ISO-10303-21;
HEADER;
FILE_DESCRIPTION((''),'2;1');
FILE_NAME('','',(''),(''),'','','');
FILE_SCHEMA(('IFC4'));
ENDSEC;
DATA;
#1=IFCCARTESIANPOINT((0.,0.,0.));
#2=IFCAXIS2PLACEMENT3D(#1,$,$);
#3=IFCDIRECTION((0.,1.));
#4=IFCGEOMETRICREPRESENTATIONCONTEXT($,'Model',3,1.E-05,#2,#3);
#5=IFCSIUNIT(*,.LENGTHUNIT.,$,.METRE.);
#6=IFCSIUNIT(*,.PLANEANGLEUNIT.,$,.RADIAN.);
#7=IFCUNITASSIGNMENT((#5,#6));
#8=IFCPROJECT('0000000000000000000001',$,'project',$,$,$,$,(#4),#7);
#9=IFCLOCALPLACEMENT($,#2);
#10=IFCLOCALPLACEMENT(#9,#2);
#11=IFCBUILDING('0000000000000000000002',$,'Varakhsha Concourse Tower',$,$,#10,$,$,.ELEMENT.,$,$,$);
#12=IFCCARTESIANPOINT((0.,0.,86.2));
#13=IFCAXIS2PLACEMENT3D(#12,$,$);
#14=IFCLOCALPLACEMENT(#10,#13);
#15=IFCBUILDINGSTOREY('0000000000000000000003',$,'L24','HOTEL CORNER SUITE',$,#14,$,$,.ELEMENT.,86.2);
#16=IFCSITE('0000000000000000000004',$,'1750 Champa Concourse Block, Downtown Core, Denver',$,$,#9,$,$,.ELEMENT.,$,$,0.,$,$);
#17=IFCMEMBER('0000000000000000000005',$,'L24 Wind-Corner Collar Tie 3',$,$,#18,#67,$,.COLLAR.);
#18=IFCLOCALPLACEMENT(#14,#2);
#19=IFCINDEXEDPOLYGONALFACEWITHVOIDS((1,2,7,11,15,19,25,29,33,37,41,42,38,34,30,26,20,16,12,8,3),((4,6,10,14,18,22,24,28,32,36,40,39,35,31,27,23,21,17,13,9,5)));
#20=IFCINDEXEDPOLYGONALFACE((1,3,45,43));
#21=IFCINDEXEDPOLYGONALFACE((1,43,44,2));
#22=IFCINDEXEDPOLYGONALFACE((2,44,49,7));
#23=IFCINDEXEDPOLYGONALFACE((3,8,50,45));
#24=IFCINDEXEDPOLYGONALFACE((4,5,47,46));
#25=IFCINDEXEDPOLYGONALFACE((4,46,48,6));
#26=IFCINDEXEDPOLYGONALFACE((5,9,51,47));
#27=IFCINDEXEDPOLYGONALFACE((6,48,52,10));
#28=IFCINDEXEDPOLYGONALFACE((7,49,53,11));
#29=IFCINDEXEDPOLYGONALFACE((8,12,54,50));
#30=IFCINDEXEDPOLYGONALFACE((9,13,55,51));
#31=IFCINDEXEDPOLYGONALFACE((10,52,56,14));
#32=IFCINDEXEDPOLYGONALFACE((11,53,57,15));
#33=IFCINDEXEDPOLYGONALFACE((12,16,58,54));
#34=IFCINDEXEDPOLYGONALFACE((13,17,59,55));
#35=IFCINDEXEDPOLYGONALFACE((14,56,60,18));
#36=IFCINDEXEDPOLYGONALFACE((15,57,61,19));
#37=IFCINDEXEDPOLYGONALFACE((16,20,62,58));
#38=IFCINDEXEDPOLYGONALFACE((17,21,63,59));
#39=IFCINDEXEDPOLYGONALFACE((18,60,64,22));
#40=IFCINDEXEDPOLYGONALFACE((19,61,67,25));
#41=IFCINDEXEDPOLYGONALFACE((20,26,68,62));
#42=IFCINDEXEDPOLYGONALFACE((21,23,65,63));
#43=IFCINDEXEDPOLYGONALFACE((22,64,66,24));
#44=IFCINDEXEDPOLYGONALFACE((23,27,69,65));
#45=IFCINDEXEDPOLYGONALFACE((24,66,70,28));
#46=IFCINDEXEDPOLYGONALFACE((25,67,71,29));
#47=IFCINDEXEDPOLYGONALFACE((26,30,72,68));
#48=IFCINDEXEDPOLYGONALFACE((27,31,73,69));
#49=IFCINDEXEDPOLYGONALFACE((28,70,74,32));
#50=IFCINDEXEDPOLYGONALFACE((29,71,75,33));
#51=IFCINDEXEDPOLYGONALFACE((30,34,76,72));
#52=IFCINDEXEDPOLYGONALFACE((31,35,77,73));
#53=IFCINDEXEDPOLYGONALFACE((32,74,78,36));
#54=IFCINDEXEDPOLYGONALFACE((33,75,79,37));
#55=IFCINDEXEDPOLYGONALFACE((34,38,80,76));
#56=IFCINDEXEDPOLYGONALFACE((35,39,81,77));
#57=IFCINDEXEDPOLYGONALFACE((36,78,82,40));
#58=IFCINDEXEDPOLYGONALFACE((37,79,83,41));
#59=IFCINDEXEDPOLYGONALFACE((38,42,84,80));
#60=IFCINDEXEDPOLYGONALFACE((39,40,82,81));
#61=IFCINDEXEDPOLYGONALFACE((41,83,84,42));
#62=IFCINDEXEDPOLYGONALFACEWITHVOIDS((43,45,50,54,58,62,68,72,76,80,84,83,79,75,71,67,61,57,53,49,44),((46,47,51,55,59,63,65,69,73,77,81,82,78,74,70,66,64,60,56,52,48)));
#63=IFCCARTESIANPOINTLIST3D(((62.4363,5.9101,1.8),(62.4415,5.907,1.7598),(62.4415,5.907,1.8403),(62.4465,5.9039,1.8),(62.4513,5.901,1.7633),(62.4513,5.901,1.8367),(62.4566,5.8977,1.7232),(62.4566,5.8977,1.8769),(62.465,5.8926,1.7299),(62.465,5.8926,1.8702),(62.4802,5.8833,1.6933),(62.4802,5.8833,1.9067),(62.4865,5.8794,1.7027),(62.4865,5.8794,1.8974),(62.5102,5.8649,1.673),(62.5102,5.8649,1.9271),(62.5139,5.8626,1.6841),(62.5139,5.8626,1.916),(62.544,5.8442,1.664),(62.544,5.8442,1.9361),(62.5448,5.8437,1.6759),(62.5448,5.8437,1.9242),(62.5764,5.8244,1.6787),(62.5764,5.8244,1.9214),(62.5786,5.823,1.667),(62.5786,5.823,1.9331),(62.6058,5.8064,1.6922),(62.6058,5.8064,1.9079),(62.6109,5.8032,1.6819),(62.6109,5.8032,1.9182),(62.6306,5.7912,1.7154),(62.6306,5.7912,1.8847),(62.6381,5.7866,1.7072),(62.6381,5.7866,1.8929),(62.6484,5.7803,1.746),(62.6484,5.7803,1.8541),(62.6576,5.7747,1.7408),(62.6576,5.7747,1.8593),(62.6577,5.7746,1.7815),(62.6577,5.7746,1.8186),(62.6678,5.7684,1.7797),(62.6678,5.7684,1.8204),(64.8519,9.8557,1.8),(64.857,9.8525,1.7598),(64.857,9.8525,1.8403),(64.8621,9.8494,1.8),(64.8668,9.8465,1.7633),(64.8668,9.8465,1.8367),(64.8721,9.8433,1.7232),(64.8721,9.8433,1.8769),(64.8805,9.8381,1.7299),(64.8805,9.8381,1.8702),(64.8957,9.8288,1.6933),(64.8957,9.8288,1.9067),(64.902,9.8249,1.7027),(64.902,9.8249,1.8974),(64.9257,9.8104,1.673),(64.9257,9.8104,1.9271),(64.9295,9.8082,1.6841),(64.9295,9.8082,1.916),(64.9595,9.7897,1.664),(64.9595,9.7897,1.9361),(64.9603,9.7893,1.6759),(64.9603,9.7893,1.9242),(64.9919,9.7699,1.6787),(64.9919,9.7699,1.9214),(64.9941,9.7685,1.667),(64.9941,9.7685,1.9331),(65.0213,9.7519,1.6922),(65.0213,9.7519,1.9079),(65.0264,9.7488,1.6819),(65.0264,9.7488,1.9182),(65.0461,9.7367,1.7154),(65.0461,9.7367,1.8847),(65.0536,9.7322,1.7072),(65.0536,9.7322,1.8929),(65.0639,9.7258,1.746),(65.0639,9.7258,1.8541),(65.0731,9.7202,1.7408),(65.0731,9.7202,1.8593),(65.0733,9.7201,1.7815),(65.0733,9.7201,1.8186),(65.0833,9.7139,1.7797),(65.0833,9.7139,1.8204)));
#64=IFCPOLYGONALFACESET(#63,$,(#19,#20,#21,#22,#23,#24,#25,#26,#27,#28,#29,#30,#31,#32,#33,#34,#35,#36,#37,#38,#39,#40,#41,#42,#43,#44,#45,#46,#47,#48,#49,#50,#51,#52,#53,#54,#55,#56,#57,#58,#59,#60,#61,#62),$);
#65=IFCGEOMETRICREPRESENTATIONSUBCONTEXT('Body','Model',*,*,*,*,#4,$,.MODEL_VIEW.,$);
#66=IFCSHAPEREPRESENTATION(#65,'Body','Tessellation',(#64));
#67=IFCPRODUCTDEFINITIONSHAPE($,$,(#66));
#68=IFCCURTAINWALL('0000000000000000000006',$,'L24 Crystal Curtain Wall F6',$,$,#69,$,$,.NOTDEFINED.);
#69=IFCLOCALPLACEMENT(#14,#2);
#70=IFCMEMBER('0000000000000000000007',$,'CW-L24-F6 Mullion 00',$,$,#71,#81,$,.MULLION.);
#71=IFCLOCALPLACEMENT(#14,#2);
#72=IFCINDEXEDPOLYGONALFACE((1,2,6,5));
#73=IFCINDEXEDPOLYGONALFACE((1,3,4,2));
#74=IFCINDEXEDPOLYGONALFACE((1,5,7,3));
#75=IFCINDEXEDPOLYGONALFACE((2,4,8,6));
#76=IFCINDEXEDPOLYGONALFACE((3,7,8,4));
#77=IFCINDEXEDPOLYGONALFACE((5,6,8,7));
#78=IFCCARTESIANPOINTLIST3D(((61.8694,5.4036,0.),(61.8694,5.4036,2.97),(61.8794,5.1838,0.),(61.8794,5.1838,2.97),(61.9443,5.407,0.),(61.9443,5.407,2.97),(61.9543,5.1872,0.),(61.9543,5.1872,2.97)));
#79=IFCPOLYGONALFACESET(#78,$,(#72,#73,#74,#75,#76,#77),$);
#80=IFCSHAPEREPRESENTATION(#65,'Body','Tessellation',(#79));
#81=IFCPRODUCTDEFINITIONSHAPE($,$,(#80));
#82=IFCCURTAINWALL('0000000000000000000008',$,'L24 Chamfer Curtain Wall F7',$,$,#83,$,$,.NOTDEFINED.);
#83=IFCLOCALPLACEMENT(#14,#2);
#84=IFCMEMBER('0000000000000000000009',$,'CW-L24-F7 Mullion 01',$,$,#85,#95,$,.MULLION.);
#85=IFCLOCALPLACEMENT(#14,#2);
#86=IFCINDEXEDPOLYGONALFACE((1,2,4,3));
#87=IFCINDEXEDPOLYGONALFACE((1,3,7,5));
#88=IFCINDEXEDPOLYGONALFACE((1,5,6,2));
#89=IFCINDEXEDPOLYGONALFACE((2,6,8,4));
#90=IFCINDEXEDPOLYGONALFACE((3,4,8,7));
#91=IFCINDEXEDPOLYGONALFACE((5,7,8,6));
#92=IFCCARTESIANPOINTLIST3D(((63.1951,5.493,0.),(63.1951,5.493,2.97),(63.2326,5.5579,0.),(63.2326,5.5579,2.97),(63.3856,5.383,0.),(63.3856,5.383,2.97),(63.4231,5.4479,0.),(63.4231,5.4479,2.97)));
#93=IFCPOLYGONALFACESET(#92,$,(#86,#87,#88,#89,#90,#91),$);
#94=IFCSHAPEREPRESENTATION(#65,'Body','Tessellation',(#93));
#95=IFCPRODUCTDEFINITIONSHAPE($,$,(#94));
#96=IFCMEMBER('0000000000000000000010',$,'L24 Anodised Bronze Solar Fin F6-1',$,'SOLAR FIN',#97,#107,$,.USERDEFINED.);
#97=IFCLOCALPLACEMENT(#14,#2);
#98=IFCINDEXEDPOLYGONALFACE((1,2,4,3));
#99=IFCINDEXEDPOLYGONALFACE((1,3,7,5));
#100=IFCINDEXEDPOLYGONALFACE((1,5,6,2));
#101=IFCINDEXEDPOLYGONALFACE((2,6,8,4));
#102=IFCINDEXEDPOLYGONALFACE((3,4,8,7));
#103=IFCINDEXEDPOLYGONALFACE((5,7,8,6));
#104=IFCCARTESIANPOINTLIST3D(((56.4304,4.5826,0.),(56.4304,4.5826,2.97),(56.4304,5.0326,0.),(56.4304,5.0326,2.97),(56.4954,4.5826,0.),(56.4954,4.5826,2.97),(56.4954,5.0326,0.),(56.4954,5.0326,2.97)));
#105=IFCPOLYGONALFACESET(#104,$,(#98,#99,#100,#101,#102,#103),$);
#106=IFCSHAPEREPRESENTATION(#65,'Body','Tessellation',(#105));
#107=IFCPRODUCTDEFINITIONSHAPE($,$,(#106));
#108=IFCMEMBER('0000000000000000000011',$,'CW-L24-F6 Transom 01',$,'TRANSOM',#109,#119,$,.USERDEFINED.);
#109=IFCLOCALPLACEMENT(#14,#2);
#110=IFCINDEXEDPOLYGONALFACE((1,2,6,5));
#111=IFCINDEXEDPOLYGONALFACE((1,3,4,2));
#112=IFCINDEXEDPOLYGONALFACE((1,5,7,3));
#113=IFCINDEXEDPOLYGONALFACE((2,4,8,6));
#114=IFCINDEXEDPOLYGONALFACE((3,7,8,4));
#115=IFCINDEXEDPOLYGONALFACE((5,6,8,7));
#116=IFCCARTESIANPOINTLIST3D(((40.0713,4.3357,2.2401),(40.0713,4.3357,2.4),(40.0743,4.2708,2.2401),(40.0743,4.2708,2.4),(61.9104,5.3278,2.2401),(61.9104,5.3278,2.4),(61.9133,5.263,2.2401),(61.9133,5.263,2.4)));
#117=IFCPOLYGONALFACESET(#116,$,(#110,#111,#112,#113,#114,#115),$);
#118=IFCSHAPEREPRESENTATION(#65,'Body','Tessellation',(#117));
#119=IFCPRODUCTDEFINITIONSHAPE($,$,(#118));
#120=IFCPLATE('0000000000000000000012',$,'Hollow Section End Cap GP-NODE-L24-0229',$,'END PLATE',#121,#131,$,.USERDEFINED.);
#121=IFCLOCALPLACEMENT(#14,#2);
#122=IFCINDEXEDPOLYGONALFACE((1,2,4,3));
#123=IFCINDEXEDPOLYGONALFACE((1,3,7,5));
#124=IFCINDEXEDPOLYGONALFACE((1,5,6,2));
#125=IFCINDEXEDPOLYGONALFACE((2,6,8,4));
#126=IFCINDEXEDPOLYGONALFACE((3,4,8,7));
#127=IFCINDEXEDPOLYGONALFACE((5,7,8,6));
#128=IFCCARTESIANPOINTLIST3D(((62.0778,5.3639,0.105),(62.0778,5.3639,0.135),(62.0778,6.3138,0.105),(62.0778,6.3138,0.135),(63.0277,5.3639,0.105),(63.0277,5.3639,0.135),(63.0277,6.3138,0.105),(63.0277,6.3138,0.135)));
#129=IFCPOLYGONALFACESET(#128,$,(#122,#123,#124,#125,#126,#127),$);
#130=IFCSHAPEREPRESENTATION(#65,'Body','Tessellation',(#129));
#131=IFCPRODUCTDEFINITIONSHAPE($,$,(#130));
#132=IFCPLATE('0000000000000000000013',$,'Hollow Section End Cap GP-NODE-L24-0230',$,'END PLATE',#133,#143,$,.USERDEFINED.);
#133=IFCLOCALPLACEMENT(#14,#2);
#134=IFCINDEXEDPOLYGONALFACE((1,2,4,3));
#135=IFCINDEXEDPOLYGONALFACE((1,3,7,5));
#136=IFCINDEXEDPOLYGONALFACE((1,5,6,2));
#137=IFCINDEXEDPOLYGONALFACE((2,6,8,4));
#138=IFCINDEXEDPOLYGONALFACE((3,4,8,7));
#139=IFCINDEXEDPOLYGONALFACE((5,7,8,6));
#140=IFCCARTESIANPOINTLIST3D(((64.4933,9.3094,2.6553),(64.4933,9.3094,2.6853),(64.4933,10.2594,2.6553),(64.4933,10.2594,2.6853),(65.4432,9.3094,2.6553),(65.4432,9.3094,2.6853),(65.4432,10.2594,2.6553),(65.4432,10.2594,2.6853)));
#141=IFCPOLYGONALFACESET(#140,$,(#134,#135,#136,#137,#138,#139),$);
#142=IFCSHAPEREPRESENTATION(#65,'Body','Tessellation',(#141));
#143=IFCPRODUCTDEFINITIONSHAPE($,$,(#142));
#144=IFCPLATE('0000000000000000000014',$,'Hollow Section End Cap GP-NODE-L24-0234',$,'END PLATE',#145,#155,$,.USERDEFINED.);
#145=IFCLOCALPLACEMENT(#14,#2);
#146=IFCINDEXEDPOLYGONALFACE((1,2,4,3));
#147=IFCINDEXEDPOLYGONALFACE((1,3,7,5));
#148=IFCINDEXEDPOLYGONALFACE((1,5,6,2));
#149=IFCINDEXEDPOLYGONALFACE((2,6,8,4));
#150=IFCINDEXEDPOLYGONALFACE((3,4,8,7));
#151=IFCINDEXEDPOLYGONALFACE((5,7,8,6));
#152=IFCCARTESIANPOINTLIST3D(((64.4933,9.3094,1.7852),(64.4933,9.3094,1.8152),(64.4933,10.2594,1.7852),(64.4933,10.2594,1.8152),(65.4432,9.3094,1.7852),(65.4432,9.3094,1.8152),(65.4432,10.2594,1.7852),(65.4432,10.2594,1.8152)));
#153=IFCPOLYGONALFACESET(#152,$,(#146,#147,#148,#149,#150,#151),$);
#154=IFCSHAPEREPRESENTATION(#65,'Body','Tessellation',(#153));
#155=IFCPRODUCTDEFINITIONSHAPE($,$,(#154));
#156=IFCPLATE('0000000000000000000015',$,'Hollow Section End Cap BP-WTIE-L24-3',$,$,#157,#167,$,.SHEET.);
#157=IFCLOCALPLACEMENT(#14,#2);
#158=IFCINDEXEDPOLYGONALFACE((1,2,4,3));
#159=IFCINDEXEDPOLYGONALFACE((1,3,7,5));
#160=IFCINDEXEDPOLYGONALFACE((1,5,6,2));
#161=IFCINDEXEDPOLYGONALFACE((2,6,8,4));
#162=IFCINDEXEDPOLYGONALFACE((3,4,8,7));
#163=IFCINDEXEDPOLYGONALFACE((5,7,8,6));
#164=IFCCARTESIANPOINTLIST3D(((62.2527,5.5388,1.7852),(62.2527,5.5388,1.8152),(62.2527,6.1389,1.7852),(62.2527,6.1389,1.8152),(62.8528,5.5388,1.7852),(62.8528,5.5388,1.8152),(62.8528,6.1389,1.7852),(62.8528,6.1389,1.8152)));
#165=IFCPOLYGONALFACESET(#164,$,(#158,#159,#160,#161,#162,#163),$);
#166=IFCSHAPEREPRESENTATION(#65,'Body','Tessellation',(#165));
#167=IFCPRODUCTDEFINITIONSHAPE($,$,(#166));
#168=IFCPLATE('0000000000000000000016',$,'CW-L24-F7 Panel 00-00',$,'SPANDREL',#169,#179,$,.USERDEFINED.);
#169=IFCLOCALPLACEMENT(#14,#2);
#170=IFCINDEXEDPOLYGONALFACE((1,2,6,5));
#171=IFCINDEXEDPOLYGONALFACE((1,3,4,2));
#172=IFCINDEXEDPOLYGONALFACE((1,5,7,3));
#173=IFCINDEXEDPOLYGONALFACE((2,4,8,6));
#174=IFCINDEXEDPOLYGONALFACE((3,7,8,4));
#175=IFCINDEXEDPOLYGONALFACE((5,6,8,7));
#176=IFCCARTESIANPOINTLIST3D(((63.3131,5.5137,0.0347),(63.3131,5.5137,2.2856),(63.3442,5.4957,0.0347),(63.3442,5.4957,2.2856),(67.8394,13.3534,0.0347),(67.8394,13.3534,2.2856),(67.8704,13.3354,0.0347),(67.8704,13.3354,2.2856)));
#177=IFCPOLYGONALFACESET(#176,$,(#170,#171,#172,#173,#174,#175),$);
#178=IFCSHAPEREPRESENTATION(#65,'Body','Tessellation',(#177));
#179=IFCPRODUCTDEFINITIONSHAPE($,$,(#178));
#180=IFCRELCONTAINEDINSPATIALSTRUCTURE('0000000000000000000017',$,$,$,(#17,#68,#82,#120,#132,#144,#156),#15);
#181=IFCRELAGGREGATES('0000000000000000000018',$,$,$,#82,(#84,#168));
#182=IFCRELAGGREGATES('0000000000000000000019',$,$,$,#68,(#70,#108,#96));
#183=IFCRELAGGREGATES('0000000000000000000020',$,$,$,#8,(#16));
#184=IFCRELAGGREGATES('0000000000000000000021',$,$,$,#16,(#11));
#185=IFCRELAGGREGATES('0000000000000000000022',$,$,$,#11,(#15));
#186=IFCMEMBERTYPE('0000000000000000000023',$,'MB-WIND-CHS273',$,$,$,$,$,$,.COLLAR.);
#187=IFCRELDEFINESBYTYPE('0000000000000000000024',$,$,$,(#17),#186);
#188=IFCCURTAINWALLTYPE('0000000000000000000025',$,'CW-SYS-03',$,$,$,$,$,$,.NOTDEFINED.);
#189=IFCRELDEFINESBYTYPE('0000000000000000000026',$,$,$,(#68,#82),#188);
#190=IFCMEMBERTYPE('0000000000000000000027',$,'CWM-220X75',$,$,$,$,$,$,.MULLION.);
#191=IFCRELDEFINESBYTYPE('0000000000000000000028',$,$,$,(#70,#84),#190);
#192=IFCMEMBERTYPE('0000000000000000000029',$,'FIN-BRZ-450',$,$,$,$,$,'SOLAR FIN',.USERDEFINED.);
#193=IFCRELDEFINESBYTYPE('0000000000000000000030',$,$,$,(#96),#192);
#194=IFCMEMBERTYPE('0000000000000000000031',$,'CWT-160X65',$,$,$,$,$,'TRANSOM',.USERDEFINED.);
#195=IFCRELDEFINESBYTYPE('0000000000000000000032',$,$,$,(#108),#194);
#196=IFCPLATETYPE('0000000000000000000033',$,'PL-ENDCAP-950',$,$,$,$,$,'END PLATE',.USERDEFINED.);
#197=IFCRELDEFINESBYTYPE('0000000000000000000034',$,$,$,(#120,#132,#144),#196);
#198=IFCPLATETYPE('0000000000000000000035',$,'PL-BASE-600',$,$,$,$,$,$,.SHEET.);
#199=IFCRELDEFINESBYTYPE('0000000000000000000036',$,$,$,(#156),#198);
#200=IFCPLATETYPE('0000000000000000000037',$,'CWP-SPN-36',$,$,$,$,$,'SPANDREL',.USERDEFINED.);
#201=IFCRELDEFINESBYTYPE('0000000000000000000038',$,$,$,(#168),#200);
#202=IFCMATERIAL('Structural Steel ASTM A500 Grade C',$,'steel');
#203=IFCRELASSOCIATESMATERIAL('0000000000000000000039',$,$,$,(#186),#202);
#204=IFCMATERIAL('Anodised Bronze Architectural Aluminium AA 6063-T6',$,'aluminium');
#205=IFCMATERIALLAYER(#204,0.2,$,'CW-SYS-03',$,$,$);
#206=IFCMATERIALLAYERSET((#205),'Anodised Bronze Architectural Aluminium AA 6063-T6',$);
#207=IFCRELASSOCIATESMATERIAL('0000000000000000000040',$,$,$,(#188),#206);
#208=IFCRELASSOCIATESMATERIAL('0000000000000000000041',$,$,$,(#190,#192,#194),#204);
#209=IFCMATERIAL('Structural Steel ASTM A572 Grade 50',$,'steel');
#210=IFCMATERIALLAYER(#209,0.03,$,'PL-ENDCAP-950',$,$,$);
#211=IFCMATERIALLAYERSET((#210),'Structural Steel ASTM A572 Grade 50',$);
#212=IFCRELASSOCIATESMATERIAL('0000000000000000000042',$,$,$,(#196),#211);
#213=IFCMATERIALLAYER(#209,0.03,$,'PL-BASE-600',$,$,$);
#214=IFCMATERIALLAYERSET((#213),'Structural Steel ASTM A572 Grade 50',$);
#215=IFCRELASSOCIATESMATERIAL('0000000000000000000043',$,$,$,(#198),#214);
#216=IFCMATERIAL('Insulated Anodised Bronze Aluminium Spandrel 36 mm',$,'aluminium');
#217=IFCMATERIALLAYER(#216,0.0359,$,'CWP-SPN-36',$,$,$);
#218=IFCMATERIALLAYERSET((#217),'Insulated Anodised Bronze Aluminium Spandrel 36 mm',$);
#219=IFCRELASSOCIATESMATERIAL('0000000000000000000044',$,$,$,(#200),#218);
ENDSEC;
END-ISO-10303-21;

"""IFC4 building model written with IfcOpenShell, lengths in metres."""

from ifc_helpers import new_model, si_unit, direction, frame, origin, origin_2d, place, context, subcontext, project, spatial, rectangle, hollow_circle, extrude, source, transform, mapped, material, layer, layer_set, material_profile, profile_set, type_object, type_shapes, element, aggregate, save


model = new_model("IFC4")

# Units and contexts
model_context = context("Model", 3, precision=1e-05, world=origin(), true_north=direction((0.0, 1.0)))
body_context = subcontext(model_context, "Body", "Model", "MODEL_VIEW")
ifc_project = project(units=[si_unit("LENGTHUNIT", "METRE"), si_unit("PLANEANGLEUNIT", "RADIAN")], contexts=[model_context])

# Site, building, storey
site_placement = place(None, origin())
site = spatial("IfcSite", under=ifc_project, at=site_placement, Name="1750 Champa Concourse Block, Downtown Core, Denver", CompositionType="ELEMENT", RefElevation=0.0)
building_placement = place(site_placement, origin())
building = spatial("IfcBuilding", under=site, at=building_placement, Name="Varakhsha Concourse Tower", CompositionType="ELEMENT")
storey_placement = place(building_placement, frame((0.0, 0.0, 86.2)))
storey = spatial("IfcBuildingStorey", under=building, at=storey_placement, Name="L24", Description="HOTEL CORNER SUITE", CompositionType="ELEMENT", Elevation=86.2)

# Shared definitions
ifc_material_1 = material(Name="Structural Steel ASTM A572 Grade 50", Category="steel")

# Member
ifc_material_2 = material(Name="Structural Steel ASTM A500 Grade C", Category="steel")
ifc_material_profile_1 = material_profile(ifc_material_2, hollow_circle(Radius=0.1365, WallThickness=0.012, at=origin_2d()), Name="CHS 273x12")
ifc_profile_set_1 = profile_set([ifc_material_profile_1], Name="Structural Steel ASTM A500 Grade C")
member_type_1 = type_object("IfcMemberType", Name="MB-WIND-CHS273", PredefinedType="COLLAR", material=ifc_profile_set_1)
shared_shape_1 = source(origin(), body_context, "Body", "SweptSolid", [
    extrude(hollow_circle(Radius=0.1365, WallThickness=0.012, at=origin_2d()), origin(), (0.0, 0.0, 1.0), 4.6262),
])
type_shapes(member_type_1, [shared_shape_1])
member_1_placement = place(storey_placement, frame((62.5527, 5.8389, 1.8), z_axis=(0.522135, 0.852863, 0.0), x_axis=(-0.852863, 0.522135, 0.0)))
element("IfcMember", 1, at=member_1_placement, inside=storey, type_object=member_type_1, Name="L24 Wind-Corner Collar Tie 3", PredefinedType="COLLAR", context=body_context, shape_type="MappedRepresentation", body=[
    mapped(shared_shape_1, transform((0.0, 0.0, 0.0), scale=1.0)),
])

# Curtain walls, members
ifc_material_3 = material(Name="Anodised Bronze Architectural Aluminium AA 6063-T6", Category="aluminium")
ifc_layer_1 = layer(ifc_material_3, 0.2, Name="CW-SYS-03")
ifc_layer_set_1 = layer_set([ifc_layer_1], Name="Anodised Bronze Architectural Aluminium AA 6063-T6")
curtain_wall_type = type_object("IfcCurtainWallType", Name="CW-SYS-03", PredefinedType="NOTDEFINED", material=ifc_layer_set_1)
curtain_wall_1_placement = place(storey_placement, origin())
curtain_wall_1 = element("IfcCurtainWall", 2, at=curtain_wall_1_placement, inside=storey, type_object=curtain_wall_type, Name="L24 Crystal Curtain Wall F6", PredefinedType="NOTDEFINED")
ifc_material_profile_2 = material_profile(ifc_material_3, rectangle(XDim=0.075, YDim=0.22, at=origin_2d()), Name="CWM-220X75")
ifc_profile_set_2 = profile_set([ifc_material_profile_2], Name="Anodised Bronze Architectural Aluminium AA 6063-T6")
member_type_2 = type_object("IfcMemberType", Name="CWM-220X75", PredefinedType="MULLION", material=ifc_profile_set_2)
shared_shape_2 = source(origin(), body_context, "Body", "SweptSolid", [
    extrude(rectangle(XDim=0.075, YDim=0.22, at=origin_2d()), origin(), (0.0, 0.0, 1.0), 2.97),
])
type_shapes(member_type_2, [shared_shape_2])
member_2_placement = place(storey_placement, frame((61.9119, 5.2954, 0.0), z_axis=(0.0, 0.0, 1.0), x_axis=(-0.99897, -0.04538, 0.0)))
member_2 = element("IfcMember", 3, at=member_2_placement, type_object=member_type_2, Name="CW-L24-F6 Mullion 00", PredefinedType="MULLION", context=body_context, shape_type="MappedRepresentation", body=[
    mapped(shared_shape_2, transform((0.0, 0.0, 0.0), scale=1.0)),
])
curtain_wall_2_placement = place(storey_placement, origin())
curtain_wall_2 = element("IfcCurtainWall", 4, at=curtain_wall_2_placement, inside=storey, type_object=curtain_wall_type, Name="L24 Chamfer Curtain Wall F7", PredefinedType="NOTDEFINED")
member_3_placement = place(storey_placement, frame((63.3091, 5.4705, 0.0), z_axis=(0.0, 0.0, 1.0), x_axis=(-0.499997, -0.866027, 0.0)))
member_3 = element("IfcMember", 5, at=member_3_placement, type_object=member_type_2, Name="CW-L24-F7 Mullion 01", PredefinedType="MULLION", context=body_context, shape_type="MappedRepresentation", body=[
    mapped(shared_shape_2, transform((0.0, 0.0, 0.0), scale=1.0)),
])

# Members
ifc_material_profile_3 = material_profile(ifc_material_3, rectangle(XDim=0.0649, YDim=0.45, at=origin_2d()), Name="FIN-BRZ-450")
ifc_profile_set_3 = profile_set([ifc_material_profile_3], Name="Anodised Bronze Architectural Aluminium AA 6063-T6")
member_type_3 = type_object("IfcMemberType", Name="FIN-BRZ-450", ElementType="SOLAR FIN", PredefinedType="USERDEFINED", material=ifc_profile_set_3)
shared_shape_3 = source(origin(), body_context, "Body", "SweptSolid", [
    extrude(rectangle(XDim=0.0649, YDim=0.45, at=origin_2d()), origin(), (0.0, 0.0, 1.0), 2.97),
])
type_shapes(member_type_3, [shared_shape_3])
member_4_placement = place(storey_placement, frame((56.4629, 4.8076, 0.0), z_axis=(0.0, 0.0, 1.0), x_axis=(1.0, 0.0, 0.0)))
member_4 = element("IfcMember", 6, at=member_4_placement, type_object=member_type_3, Name="L24 Anodised Bronze Solar Fin F6-1", ObjectType="SOLAR FIN", PredefinedType="USERDEFINED", context=body_context, shape_type="MappedRepresentation", body=[
    mapped(shared_shape_3, transform((0.0, 0.0, 0.0), scale=1.0)),
])
ifc_material_profile_4 = material_profile(ifc_material_3, rectangle(XDim=0.0649, YDim=0.1599, at=origin_2d()), Name="CWT-160X65")
ifc_profile_set_4 = profile_set([ifc_material_profile_4], Name="Anodised Bronze Architectural Aluminium AA 6063-T6")
member_type_4 = type_object("IfcMemberType", Name="CWT-160X65", ElementType="TRANSOM", PredefinedType="USERDEFINED", material=ifc_profile_set_4)
shared_shape_4 = source(origin(), body_context, "Body", "SweptSolid", [
    extrude(rectangle(XDim=0.0649, YDim=0.1599, at=origin_2d()), origin(), (0.0, 0.0, 1.0), 21.8616),
])
type_shapes(member_type_4, [shared_shape_4])
member_5_placement = place(storey_placement, frame((61.9119, 5.2954, 2.3201), z_axis=(-0.99897, -0.045385, 0.0), x_axis=(0.045385, -0.99897, 0.0)))
member_5 = element("IfcMember", 7, at=member_5_placement, type_object=member_type_4, Name="CW-L24-F6 Transom 01", ObjectType="TRANSOM", PredefinedType="USERDEFINED", context=body_context, shape_type="MappedRepresentation", body=[
    mapped(shared_shape_4, transform((0.0, 0.0, 0.0), scale=1.0)),
])

# Plates
ifc_layer_2 = layer(ifc_material_1, 0.03, Name="PL-ENDCAP-950")
ifc_layer_set_2 = layer_set([ifc_layer_2], Name="Structural Steel ASTM A572 Grade 50")
plate_type_1 = type_object("IfcPlateType", Name="PL-ENDCAP-950", ElementType="END PLATE", PredefinedType="USERDEFINED", material=ifc_layer_set_2)
shared_shape_5 = source(origin(), body_context, "Body", "SweptSolid", [
    extrude(rectangle(XDim=0.95, YDim=0.95, at=origin_2d()), origin(), (0.0, 0.0, 1.0), 0.03),
])
type_shapes(plate_type_1, [shared_shape_5])
for number, where, z_axis, x_axis, name in (
    (8, (62.5527, 5.8389, 0.105), (0.0, 0.0, 1.0), (1.0, 0.0, 0.0), "Hollow Section End Cap GP-NODE-L24-0229"),
    (9, (64.9683, 9.7844, 2.6553), (0.0, 0.0, 1.0), (1.0, 0.0, 0.0), "Hollow Section End Cap GP-NODE-L24-0230"),
    (10, (64.9683, 9.7844, 1.7852), (0.0, 0.0, 1.0), (1.0, 0.0, 0.0), "Hollow Section End Cap GP-NODE-L24-0234"),
):
    element("IfcPlate", number, at=place(storey_placement, frame(where, z_axis=z_axis, x_axis=x_axis)), inside=storey, type_object=plate_type_1, Name=name, ObjectType="END PLATE", PredefinedType="USERDEFINED", context=body_context, shape_type="MappedRepresentation", body=[
        mapped(shared_shape_5, transform((0.0, 0.0, 0.0), scale=1.0)),
    ])
ifc_layer_3 = layer(ifc_material_1, 0.03, Name="PL-BASE-600")
ifc_layer_set_3 = layer_set([ifc_layer_3], Name="Structural Steel ASTM A572 Grade 50")
plate_type_2 = type_object("IfcPlateType", Name="PL-BASE-600", PredefinedType="SHEET", material=ifc_layer_set_3)
shared_shape_6 = source(origin(), body_context, "Body", "SweptSolid", [
    extrude(rectangle(XDim=0.6001, YDim=0.6001, at=origin_2d()), origin(), (0.0, 0.0, 1.0), 0.03),
])
type_shapes(plate_type_2, [shared_shape_6])
plate_1_placement = place(storey_placement, frame((62.5527, 5.8389, 1.7852), z_axis=(0.0, 0.0, 1.0), x_axis=(1.0, 0.0, 0.0)))
element("IfcPlate", 11, at=plate_1_placement, inside=storey, type_object=plate_type_2, Name="Hollow Section End Cap BP-WTIE-L24-3", PredefinedType="SHEET", context=body_context, shape_type="MappedRepresentation", body=[
    mapped(shared_shape_6, transform((0.0, 0.0, 0.0), scale=1.0)),
])

# Plate
ifc_material_4 = material(Name="Insulated Anodised Bronze Aluminium Spandrel 36 mm", Category="aluminium")
ifc_layer_4 = layer(ifc_material_4, 0.0359, Name="CWP-SPN-36")
ifc_layer_set_4 = layer_set([ifc_layer_4], Name="Insulated Anodised Bronze Aluminium Spandrel 36 mm")
plate_type_3 = type_object("IfcPlateType", Name="CWP-SPN-36", ElementType="SPANDREL", PredefinedType="USERDEFINED", material=ifc_layer_set_4)
shared_shape_7 = source(origin(), body_context, "Body", "SweptSolid", [
    extrude(rectangle(XDim=9.0525, YDim=0.0359, at=origin_2d()), origin(), (0.0, 0.0, 1.0), 2.251),
])
type_shapes(plate_type_3, [shared_shape_7])
plate_2_placement = place(storey_placement, frame((65.5918, 9.4246, 0.0347), z_axis=(0.0, 0.0, 1.0), x_axis=(-0.499997, -0.866027, 0.0)))
plate_2 = element("IfcPlate", 12, at=plate_2_placement, type_object=plate_type_3, Name="CW-L24-F7 Panel 00-00", ObjectType="SPANDREL", PredefinedType="USERDEFINED", context=body_context, shape_type="MappedRepresentation", body=[
    mapped(shared_shape_7, transform((0.0, 0.0, 0.0), scale=1.0)),
])
aggregate(curtain_wall_2, [member_3, plate_2])
aggregate(curtain_wall_1, [member_2, member_5, member_4])

save(model, "model.ifc")
